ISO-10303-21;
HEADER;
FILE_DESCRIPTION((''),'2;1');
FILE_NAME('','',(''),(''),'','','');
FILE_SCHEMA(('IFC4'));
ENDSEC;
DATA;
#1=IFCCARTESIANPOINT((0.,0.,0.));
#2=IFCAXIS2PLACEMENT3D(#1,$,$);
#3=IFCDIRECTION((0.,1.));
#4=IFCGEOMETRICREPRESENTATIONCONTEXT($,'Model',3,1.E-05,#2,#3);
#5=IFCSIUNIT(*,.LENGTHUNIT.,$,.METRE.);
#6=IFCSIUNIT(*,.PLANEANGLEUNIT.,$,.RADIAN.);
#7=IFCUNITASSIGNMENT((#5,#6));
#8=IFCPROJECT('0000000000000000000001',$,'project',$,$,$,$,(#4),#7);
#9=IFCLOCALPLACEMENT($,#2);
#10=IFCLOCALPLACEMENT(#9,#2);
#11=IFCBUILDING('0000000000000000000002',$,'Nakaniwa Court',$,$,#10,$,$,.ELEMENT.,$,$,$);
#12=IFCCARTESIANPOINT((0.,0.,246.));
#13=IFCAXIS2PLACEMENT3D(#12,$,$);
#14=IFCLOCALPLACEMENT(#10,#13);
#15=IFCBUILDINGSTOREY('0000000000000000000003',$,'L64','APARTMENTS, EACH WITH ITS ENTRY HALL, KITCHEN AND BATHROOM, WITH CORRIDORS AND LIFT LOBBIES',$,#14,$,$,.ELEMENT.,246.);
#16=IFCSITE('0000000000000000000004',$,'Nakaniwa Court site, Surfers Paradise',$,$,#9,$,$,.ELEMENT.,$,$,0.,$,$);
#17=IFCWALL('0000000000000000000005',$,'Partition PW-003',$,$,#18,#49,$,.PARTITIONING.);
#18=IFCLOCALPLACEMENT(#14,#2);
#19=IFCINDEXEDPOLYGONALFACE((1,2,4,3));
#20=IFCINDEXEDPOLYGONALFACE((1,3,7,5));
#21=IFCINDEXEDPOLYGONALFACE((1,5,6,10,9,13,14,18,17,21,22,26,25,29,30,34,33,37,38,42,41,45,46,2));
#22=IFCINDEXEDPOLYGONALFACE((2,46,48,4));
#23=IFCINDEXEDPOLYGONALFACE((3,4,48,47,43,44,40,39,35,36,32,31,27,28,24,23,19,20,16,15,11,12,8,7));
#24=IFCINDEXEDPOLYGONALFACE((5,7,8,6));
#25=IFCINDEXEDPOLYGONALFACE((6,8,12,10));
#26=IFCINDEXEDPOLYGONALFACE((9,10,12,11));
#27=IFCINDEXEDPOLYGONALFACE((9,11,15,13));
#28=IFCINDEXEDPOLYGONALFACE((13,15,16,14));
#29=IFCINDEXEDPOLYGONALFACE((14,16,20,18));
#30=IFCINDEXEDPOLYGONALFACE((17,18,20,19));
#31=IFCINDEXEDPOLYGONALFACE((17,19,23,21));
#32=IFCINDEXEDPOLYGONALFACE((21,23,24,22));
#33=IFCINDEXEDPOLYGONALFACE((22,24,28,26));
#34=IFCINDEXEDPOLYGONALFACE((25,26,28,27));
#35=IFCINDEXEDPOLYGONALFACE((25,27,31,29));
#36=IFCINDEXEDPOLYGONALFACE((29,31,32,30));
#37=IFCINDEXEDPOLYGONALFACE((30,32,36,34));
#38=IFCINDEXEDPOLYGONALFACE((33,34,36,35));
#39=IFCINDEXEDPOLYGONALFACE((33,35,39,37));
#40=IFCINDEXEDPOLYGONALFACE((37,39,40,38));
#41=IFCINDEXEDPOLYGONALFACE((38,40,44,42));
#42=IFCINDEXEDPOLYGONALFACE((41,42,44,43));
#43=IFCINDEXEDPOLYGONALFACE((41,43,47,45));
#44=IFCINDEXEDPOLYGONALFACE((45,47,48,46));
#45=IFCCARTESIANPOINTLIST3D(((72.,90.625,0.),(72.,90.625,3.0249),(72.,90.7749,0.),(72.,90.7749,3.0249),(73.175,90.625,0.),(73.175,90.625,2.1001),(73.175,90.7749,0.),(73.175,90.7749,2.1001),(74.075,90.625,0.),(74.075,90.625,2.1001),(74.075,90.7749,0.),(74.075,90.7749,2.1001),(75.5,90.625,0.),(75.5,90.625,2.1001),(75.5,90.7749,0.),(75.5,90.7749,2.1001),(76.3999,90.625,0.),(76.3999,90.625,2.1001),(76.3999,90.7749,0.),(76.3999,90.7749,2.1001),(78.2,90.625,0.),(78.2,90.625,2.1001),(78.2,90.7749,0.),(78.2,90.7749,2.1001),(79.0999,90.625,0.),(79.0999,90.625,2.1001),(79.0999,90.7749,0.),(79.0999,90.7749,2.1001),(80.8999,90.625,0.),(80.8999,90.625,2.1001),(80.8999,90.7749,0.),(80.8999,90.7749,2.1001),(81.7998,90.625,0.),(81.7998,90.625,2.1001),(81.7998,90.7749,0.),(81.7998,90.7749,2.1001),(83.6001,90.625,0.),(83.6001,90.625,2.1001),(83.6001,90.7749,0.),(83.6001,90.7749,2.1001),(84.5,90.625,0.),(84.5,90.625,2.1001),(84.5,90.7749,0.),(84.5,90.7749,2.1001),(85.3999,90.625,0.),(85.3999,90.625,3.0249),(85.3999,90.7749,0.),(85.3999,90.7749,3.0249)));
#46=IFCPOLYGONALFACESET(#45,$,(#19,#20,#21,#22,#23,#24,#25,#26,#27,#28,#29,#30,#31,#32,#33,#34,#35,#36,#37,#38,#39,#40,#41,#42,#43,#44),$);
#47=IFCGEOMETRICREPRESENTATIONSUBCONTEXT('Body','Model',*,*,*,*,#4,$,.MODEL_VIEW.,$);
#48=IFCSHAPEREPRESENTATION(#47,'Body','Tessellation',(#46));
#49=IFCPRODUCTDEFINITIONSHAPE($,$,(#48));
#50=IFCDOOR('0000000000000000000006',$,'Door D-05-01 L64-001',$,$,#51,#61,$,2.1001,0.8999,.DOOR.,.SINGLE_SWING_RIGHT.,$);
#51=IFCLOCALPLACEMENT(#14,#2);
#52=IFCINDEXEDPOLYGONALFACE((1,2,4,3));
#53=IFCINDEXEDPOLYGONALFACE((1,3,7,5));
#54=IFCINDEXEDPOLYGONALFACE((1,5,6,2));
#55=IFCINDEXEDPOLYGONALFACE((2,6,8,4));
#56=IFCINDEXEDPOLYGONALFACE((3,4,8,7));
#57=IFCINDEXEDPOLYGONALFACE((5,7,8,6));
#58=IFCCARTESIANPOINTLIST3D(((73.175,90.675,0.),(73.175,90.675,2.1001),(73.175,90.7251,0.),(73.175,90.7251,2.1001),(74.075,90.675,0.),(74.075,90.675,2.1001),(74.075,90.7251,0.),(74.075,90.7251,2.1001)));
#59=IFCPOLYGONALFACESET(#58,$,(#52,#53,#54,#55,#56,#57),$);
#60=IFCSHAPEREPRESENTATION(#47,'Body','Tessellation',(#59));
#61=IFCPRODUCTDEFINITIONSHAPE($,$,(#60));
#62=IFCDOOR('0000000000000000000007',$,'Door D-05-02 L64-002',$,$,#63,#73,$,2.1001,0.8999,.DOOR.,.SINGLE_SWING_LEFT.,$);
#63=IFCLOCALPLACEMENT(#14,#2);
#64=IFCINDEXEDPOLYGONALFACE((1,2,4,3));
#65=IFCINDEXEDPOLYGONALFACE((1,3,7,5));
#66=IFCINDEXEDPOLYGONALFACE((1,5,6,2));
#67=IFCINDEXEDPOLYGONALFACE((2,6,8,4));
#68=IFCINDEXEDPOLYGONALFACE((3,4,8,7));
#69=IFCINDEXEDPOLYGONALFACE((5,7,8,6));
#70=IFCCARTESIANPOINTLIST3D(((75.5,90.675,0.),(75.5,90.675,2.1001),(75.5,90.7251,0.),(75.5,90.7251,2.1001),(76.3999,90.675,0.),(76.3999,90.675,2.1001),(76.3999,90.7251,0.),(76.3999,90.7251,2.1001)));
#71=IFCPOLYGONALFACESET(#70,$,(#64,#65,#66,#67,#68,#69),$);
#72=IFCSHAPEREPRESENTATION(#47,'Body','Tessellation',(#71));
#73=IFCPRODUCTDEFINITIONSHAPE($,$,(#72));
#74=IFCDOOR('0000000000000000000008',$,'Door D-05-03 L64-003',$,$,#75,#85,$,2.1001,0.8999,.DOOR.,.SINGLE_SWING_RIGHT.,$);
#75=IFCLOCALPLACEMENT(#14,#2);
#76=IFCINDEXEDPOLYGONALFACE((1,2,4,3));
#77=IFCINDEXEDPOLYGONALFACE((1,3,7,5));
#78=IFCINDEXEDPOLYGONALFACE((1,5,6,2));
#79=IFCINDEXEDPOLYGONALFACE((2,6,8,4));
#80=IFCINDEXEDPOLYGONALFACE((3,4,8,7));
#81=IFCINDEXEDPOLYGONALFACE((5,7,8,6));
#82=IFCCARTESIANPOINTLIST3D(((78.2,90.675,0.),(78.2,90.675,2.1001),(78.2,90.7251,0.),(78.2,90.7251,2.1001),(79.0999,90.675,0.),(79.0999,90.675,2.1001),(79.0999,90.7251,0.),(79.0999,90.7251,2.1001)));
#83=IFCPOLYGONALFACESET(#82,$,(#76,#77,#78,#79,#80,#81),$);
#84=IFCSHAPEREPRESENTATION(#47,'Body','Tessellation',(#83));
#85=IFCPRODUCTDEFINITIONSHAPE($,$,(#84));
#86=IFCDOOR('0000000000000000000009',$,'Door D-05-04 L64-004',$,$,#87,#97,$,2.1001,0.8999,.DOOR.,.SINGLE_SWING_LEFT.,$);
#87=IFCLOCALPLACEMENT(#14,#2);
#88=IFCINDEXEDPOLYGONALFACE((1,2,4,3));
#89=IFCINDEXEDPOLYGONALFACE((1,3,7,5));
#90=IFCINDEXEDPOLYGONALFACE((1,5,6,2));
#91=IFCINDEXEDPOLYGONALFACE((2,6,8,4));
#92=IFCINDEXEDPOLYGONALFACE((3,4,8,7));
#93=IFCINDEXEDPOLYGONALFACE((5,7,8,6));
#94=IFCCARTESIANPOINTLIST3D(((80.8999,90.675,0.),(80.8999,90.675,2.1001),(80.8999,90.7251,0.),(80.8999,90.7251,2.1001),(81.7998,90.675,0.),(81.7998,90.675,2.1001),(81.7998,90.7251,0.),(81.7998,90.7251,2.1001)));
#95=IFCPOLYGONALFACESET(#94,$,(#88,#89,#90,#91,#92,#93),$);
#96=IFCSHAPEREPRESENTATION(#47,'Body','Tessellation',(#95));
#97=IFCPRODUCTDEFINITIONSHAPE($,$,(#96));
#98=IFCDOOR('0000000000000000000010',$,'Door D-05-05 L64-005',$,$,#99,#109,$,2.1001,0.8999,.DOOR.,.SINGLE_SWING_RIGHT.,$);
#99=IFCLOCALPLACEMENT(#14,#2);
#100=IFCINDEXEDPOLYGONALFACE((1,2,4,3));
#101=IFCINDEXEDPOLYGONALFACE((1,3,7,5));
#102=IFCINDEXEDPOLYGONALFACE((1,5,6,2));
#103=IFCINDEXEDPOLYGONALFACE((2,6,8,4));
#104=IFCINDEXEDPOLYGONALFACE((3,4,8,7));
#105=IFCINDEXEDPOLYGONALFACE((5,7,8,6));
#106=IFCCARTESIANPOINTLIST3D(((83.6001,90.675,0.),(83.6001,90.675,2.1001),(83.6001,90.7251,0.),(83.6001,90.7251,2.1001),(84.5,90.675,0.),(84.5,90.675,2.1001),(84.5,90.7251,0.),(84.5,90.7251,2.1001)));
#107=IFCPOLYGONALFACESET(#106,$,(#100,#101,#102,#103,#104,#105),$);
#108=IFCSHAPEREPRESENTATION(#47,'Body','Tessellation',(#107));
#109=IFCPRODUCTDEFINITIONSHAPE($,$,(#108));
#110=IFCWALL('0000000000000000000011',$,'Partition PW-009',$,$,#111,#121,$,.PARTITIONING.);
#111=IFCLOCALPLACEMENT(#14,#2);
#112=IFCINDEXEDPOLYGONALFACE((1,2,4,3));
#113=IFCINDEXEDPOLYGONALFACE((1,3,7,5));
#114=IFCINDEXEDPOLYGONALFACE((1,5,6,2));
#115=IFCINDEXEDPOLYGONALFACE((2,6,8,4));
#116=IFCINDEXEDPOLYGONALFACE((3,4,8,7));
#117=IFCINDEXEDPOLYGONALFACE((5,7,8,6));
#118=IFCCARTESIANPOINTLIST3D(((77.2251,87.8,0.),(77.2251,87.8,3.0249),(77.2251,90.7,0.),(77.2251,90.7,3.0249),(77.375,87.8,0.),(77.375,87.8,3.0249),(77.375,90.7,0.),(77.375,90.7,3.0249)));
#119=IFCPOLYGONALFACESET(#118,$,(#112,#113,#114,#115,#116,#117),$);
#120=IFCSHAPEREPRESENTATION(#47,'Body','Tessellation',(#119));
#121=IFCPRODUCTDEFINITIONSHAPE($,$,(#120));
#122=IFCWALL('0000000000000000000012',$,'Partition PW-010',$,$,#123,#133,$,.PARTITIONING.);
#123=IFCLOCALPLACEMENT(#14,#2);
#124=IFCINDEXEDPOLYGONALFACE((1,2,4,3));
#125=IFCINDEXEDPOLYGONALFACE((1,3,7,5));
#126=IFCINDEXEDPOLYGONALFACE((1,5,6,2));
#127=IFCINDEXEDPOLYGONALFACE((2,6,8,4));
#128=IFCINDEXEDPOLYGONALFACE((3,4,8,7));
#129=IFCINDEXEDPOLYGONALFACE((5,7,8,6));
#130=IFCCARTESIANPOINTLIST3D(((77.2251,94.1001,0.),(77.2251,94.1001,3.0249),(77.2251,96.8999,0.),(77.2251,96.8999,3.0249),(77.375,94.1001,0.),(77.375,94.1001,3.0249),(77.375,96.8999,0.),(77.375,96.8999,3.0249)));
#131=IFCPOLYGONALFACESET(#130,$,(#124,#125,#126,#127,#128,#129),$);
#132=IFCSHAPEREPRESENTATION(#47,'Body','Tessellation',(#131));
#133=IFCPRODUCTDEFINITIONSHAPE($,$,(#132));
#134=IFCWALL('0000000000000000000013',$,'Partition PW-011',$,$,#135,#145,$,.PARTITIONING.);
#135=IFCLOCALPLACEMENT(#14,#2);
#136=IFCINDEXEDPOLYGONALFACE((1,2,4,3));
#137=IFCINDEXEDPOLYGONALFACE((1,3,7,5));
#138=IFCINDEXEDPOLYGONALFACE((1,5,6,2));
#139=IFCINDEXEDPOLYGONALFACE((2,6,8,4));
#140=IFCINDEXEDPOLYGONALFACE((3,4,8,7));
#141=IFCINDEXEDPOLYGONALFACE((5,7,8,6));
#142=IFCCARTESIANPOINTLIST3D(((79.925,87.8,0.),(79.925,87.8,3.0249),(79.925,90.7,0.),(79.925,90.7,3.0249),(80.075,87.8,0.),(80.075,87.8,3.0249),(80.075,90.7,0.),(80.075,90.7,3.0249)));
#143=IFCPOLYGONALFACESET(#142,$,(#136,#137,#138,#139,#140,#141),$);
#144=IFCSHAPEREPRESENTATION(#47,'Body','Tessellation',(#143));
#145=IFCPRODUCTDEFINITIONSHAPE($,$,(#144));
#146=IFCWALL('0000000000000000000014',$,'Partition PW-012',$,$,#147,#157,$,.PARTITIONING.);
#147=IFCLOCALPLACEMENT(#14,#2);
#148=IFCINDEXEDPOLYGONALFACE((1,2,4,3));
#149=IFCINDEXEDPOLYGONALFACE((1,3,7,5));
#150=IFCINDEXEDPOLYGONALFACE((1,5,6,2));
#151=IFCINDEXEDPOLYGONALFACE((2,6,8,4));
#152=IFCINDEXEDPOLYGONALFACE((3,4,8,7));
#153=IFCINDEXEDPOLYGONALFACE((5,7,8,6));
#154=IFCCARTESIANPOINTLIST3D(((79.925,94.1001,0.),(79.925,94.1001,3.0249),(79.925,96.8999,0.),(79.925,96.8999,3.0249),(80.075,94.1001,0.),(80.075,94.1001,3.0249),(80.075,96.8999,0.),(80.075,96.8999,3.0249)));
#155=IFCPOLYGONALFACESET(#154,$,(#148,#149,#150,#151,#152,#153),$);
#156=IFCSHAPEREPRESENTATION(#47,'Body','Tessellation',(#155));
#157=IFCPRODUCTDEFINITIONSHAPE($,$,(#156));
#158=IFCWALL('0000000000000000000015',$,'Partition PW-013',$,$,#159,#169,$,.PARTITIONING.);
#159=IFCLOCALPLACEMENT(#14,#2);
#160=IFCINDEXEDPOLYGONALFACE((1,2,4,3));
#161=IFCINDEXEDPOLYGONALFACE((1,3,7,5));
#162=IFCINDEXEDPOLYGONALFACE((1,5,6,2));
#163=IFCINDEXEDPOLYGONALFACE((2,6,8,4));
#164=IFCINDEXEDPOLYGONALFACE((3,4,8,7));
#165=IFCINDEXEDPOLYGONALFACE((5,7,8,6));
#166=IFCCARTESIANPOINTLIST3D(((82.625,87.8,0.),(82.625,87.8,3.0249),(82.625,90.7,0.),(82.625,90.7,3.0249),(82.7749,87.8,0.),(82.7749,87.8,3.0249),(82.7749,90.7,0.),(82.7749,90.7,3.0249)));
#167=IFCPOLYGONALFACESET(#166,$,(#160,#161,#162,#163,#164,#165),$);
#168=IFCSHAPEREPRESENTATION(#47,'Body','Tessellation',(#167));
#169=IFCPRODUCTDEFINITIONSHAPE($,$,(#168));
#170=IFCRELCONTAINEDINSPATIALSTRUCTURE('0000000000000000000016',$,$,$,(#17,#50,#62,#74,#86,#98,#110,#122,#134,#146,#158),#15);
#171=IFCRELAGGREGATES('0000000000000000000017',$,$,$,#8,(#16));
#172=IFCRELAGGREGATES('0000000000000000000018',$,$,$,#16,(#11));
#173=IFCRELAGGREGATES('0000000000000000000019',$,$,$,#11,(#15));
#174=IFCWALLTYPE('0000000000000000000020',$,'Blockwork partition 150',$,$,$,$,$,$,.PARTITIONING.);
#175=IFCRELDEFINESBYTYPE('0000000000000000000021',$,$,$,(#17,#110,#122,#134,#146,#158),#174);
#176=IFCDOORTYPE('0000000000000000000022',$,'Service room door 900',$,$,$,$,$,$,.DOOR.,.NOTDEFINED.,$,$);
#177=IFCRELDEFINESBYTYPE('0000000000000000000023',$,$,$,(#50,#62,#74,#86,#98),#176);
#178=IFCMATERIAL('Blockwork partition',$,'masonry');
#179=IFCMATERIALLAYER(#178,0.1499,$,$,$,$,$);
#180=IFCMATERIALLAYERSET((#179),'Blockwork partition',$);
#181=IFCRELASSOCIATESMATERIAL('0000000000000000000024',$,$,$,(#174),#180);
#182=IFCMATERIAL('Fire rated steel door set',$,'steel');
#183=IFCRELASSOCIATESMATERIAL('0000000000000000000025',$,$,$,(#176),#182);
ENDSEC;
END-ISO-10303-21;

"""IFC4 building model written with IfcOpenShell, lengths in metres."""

from ifc_helpers import new_model, si_unit, direction, frame, frame_2d, origin, place, context, subcontext, project, spatial, rectangle, extrude, material, layer, layer_set, type_object, element, fill, save


model = new_model("IFC4")

# Units and contexts
model_context = context("Model", 3, precision=1e-05, world=origin(), true_north=direction((0.0, 1.0)))
body_context = subcontext(model_context, "Body", "Model", "MODEL_VIEW")
ifc_project = project(units=[si_unit("LENGTHUNIT", "METRE"), si_unit("PLANEANGLEUNIT", "RADIAN")], contexts=[model_context])

# Site, building, storey
site_placement = place(None, origin())
site = spatial("IfcSite", under=ifc_project, at=site_placement, Name="Nakaniwa Court site, Surfers Paradise", CompositionType="ELEMENT", RefElevation=0.0)
building_placement = place(site_placement, origin())
building = spatial("IfcBuilding", under=site, at=building_placement, Name="Nakaniwa Court", CompositionType="ELEMENT")
storey_placement = place(building_placement, frame((0.0, 0.0, 246.0)))
storey = spatial("IfcBuildingStorey", under=building, at=storey_placement, Name="L64", Description="APARTMENTS, EACH WITH ITS ENTRY HALL, KITCHEN AND BATHROOM, WITH CORRIDORS AND LIFT LOBBIES", CompositionType="ELEMENT", Elevation=246.0)

# Wall, openings, doors
ifc_material_1 = material(Name="Blockwork partition", Category="masonry")
ifc_layer_1 = layer(ifc_material_1, 0.1499)
ifc_layer_set_1 = layer_set([ifc_layer_1], Name="Blockwork partition")
wall_type_1 = type_object("IfcWallType", Name="Blockwork partition 150", PredefinedType="PARTITIONING", material=ifc_layer_set_1)
wall_1_placement = place(storey_placement, frame((85.3999, 90.7, 0.0), z_axis=(0.0, 0.0, 1.0), x_axis=(-1.0, 0.0, 0.0)))
wall_1 = element("IfcWall", 1, at=wall_1_placement, inside=storey, type_object=wall_type_1, Name="Partition PW-003", PredefinedType="PARTITIONING", context=body_context, shape_type="SweptSolid", body=[
    extrude(rectangle(XDim=13.3999, YDim=0.1499, at=frame_2d((6.7, 0.0))), origin(), (0.0, 0.0, 1.0), 3.0249),
])
opening_1_placement = place(wall_1_placement, frame((11.325, 0.0, 0.0)))
opening_1 = element("IfcOpeningElement", 2, at=opening_1_placement, cuts=wall_1, PredefinedType="OPENING", context=body_context, shape_type="SweptSolid", body=[
    extrude(rectangle(XDim=0.8999, YDim=2.1001, at=frame_2d((0.45, 1.05))), frame((0.0, 0.085, 0.0), z_axis=(0.0, -1.0, 0.0), x_axis=(1.0, 0.0, 0.0)), (0.0, 0.0, 1.0), 0.1699),
])
opening_2_placement = place(wall_1_placement, frame((9.0, 0.0, 0.0)))
opening_2 = element("IfcOpeningElement", 3, at=opening_2_placement, cuts=wall_1, PredefinedType="OPENING", context=body_context, shape_type="SweptSolid", body=[
    extrude(rectangle(XDim=0.8999, YDim=2.1001, at=frame_2d((0.45, 1.05))), frame((0.0, 0.085, 0.0), z_axis=(0.0, -1.0, 0.0), x_axis=(1.0, 0.0, 0.0)), (0.0, 0.0, 1.0), 0.1699),
])
opening_3_placement = place(wall_1_placement, frame((6.3, 0.0, 0.0)))
opening_3 = element("IfcOpeningElement", 4, at=opening_3_placement, cuts=wall_1, PredefinedType="OPENING", context=body_context, shape_type="SweptSolid", body=[
    extrude(rectangle(XDim=0.8999, YDim=2.1001, at=frame_2d((0.45, 1.05))), frame((0.0, 0.085, 0.0), z_axis=(0.0, -1.0, 0.0), x_axis=(1.0, 0.0, 0.0)), (0.0, 0.0, 1.0), 0.1699),
])
opening_4_placement = place(wall_1_placement, frame((3.6001, 0.0, 0.0)))
opening_4 = element("IfcOpeningElement", 5, at=opening_4_placement, cuts=wall_1, PredefinedType="OPENING", context=body_context, shape_type="SweptSolid", body=[
    extrude(rectangle(XDim=0.8999, YDim=2.1001, at=frame_2d((0.45, 1.05))), frame((0.0, 0.085, 0.0), z_axis=(0.0, -1.0, 0.0), x_axis=(1.0, 0.0, 0.0)), (0.0, 0.0, 1.0), 0.1699),
])
opening_5_placement = place(wall_1_placement, frame((0.8999, 0.0, 0.0)))
opening_5 = element("IfcOpeningElement", 6, at=opening_5_placement, cuts=wall_1, PredefinedType="OPENING", context=body_context, shape_type="SweptSolid", body=[
    extrude(rectangle(XDim=0.8999, YDim=2.1001, at=frame_2d((0.45, 1.05))), frame((0.0, 0.085, 0.0), z_axis=(0.0, -1.0, 0.0), x_axis=(1.0, 0.0, 0.0)), (0.0, 0.0, 1.0), 0.1699),
])
ifc_material_2 = material(Name="Fire rated steel door set", Category="steel")
door_type_1 = type_object("IfcDoorType", Name="Service room door 900", OperationType="NOTDEFINED", PredefinedType="DOOR", material=ifc_material_2)
door_1_placement = place(opening_1_placement, origin())
door_1 = element("IfcDoor", 7, at=door_1_placement, inside=storey, type_object=door_type_1, Name="Door D-05-01 L64-001", OperationType="SINGLE_SWING_RIGHT", OverallHeight=2.1001, OverallWidth=0.8999, PredefinedType="DOOR", context=body_context, shape_type="SweptSolid", body=[
    extrude(rectangle(XDim=0.8999, YDim=2.1001, at=frame_2d((0.45, 1.05))), frame((0.0, 0.0249, 0.0), z_axis=(0.0, -1.0, 0.0), x_axis=(1.0, 0.0, 0.0)), (0.0, 0.0, 1.0), 0.05),
])
fill(opening_1, door_1)
door_2_placement = place(opening_2_placement, origin())
door_2 = element("IfcDoor", 8, at=door_2_placement, inside=storey, type_object=door_type_1, Name="Door D-05-02 L64-002", OperationType="SINGLE_SWING_LEFT", OverallHeight=2.1001, OverallWidth=0.8999, PredefinedType="DOOR", context=body_context, shape_type="SweptSolid", body=[
    extrude(rectangle(XDim=0.8999, YDim=2.1001, at=frame_2d((0.45, 1.05))), frame((0.0, 0.0249, 0.0), z_axis=(0.0, -1.0, 0.0), x_axis=(1.0, 0.0, 0.0)), (0.0, 0.0, 1.0), 0.05),
])
fill(opening_2, door_2)
door_3_placement = place(opening_3_placement, origin())
door_3 = element("IfcDoor", 9, at=door_3_placement, inside=storey, type_object=door_type_1, Name="Door D-05-03 L64-003", OperationType="SINGLE_SWING_RIGHT", OverallHeight=2.1001, OverallWidth=0.8999, PredefinedType="DOOR", context=body_context, shape_type="SweptSolid", body=[
    extrude(rectangle(XDim=0.8999, YDim=2.1001, at=frame_2d((0.45, 1.05))), frame((0.0, 0.0249, 0.0), z_axis=(0.0, -1.0, 0.0), x_axis=(1.0, 0.0, 0.0)), (0.0, 0.0, 1.0), 0.05),
])
fill(opening_3, door_3)
door_4_placement = place(opening_4_placement, origin())
door_4 = element("IfcDoor", 10, at=door_4_placement, inside=storey, type_object=door_type_1, Name="Door D-05-04 L64-004", OperationType="SINGLE_SWING_LEFT", OverallHeight=2.1001, OverallWidth=0.8999, PredefinedType="DOOR", context=body_context, shape_type="SweptSolid", body=[
    extrude(rectangle(XDim=0.8999, YDim=2.1001, at=frame_2d((0.45, 1.05))), frame((0.0, 0.0249, 0.0), z_axis=(0.0, -1.0, 0.0), x_axis=(1.0, 0.0, 0.0)), (0.0, 0.0, 1.0), 0.05),
])
fill(opening_4, door_4)
door_5_placement = place(opening_5_placement, origin())
door_5 = element("IfcDoor", 11, at=door_5_placement, inside=storey, type_object=door_type_1, Name="Door D-05-05 L64-005", OperationType="SINGLE_SWING_RIGHT", OverallHeight=2.1001, OverallWidth=0.8999, PredefinedType="DOOR", context=body_context, shape_type="SweptSolid", body=[
    extrude(rectangle(XDim=0.8999, YDim=2.1001, at=frame_2d((0.45, 1.05))), frame((0.0, 0.0249, 0.0), z_axis=(0.0, -1.0, 0.0), x_axis=(1.0, 0.0, 0.0)), (0.0, 0.0, 1.0), 0.05),
])
fill(opening_5, door_5)

# Walls
wall_2_placement = place(storey_placement, frame((77.3, 87.8, 0.0), z_axis=(0.0, 0.0, 1.0), x_axis=(0.0, 1.0, 0.0)))
element("IfcWall", 12, at=wall_2_placement, inside=storey, type_object=wall_type_1, Name="Partition PW-009", PredefinedType="PARTITIONING", context=body_context, shape_type="SweptSolid", body=[
    extrude(rectangle(XDim=2.8999, YDim=0.1499, at=frame_2d((1.45, 0.0))), origin(), (0.0, 0.0, 1.0), 3.0249),
])
wall_3_placement = place(storey_placement, frame((77.3, 94.1001, 0.0), z_axis=(0.0, 0.0, 1.0), x_axis=(0.0, 1.0, 0.0)))
element("IfcWall", 13, at=wall_3_placement, inside=storey, type_object=wall_type_1, Name="Partition PW-010", PredefinedType="PARTITIONING", context=body_context, shape_type="SweptSolid", body=[
    extrude(rectangle(XDim=2.7998, YDim=0.1499, at=frame_2d((1.3999, 0.0))), origin(), (0.0, 0.0, 1.0), 3.0249),
])
wall_4_placement = place(storey_placement, frame((80.0, 87.8, 0.0), z_axis=(0.0, 0.0, 1.0), x_axis=(0.0, 1.0, 0.0)))
element("IfcWall", 14, at=wall_4_placement, inside=storey, type_object=wall_type_1, Name="Partition PW-011", PredefinedType="PARTITIONING", context=body_context, shape_type="SweptSolid", body=[
    extrude(rectangle(XDim=2.8999, YDim=0.1499, at=frame_2d((1.45, 0.0))), origin(), (0.0, 0.0, 1.0), 3.0249),
])
wall_5_placement = place(storey_placement, frame((80.0, 94.1001, 0.0), z_axis=(0.0, 0.0, 1.0), x_axis=(0.0, 1.0, 0.0)))
element("IfcWall", 15, at=wall_5_placement, inside=storey, type_object=wall_type_1, Name="Partition PW-012", PredefinedType="PARTITIONING", context=body_context, shape_type="SweptSolid", body=[
    extrude(rectangle(XDim=2.7998, YDim=0.1499, at=frame_2d((1.3999, 0.0))), origin(), (0.0, 0.0, 1.0), 3.0249),
])
wall_6_placement = place(storey_placement, frame((82.7, 87.8, 0.0), z_axis=(0.0, 0.0, 1.0), x_axis=(0.0, 1.0, 0.0)))
element("IfcWall", 16, at=wall_6_placement, inside=storey, type_object=wall_type_1, Name="Partition PW-013", PredefinedType="PARTITIONING", context=body_context, shape_type="SweptSolid", body=[
    extrude(rectangle(XDim=2.8999, YDim=0.1499, at=frame_2d((1.45, 0.0))), origin(), (0.0, 0.0, 1.0), 3.0249),
])

save(model, "model.ifc")
